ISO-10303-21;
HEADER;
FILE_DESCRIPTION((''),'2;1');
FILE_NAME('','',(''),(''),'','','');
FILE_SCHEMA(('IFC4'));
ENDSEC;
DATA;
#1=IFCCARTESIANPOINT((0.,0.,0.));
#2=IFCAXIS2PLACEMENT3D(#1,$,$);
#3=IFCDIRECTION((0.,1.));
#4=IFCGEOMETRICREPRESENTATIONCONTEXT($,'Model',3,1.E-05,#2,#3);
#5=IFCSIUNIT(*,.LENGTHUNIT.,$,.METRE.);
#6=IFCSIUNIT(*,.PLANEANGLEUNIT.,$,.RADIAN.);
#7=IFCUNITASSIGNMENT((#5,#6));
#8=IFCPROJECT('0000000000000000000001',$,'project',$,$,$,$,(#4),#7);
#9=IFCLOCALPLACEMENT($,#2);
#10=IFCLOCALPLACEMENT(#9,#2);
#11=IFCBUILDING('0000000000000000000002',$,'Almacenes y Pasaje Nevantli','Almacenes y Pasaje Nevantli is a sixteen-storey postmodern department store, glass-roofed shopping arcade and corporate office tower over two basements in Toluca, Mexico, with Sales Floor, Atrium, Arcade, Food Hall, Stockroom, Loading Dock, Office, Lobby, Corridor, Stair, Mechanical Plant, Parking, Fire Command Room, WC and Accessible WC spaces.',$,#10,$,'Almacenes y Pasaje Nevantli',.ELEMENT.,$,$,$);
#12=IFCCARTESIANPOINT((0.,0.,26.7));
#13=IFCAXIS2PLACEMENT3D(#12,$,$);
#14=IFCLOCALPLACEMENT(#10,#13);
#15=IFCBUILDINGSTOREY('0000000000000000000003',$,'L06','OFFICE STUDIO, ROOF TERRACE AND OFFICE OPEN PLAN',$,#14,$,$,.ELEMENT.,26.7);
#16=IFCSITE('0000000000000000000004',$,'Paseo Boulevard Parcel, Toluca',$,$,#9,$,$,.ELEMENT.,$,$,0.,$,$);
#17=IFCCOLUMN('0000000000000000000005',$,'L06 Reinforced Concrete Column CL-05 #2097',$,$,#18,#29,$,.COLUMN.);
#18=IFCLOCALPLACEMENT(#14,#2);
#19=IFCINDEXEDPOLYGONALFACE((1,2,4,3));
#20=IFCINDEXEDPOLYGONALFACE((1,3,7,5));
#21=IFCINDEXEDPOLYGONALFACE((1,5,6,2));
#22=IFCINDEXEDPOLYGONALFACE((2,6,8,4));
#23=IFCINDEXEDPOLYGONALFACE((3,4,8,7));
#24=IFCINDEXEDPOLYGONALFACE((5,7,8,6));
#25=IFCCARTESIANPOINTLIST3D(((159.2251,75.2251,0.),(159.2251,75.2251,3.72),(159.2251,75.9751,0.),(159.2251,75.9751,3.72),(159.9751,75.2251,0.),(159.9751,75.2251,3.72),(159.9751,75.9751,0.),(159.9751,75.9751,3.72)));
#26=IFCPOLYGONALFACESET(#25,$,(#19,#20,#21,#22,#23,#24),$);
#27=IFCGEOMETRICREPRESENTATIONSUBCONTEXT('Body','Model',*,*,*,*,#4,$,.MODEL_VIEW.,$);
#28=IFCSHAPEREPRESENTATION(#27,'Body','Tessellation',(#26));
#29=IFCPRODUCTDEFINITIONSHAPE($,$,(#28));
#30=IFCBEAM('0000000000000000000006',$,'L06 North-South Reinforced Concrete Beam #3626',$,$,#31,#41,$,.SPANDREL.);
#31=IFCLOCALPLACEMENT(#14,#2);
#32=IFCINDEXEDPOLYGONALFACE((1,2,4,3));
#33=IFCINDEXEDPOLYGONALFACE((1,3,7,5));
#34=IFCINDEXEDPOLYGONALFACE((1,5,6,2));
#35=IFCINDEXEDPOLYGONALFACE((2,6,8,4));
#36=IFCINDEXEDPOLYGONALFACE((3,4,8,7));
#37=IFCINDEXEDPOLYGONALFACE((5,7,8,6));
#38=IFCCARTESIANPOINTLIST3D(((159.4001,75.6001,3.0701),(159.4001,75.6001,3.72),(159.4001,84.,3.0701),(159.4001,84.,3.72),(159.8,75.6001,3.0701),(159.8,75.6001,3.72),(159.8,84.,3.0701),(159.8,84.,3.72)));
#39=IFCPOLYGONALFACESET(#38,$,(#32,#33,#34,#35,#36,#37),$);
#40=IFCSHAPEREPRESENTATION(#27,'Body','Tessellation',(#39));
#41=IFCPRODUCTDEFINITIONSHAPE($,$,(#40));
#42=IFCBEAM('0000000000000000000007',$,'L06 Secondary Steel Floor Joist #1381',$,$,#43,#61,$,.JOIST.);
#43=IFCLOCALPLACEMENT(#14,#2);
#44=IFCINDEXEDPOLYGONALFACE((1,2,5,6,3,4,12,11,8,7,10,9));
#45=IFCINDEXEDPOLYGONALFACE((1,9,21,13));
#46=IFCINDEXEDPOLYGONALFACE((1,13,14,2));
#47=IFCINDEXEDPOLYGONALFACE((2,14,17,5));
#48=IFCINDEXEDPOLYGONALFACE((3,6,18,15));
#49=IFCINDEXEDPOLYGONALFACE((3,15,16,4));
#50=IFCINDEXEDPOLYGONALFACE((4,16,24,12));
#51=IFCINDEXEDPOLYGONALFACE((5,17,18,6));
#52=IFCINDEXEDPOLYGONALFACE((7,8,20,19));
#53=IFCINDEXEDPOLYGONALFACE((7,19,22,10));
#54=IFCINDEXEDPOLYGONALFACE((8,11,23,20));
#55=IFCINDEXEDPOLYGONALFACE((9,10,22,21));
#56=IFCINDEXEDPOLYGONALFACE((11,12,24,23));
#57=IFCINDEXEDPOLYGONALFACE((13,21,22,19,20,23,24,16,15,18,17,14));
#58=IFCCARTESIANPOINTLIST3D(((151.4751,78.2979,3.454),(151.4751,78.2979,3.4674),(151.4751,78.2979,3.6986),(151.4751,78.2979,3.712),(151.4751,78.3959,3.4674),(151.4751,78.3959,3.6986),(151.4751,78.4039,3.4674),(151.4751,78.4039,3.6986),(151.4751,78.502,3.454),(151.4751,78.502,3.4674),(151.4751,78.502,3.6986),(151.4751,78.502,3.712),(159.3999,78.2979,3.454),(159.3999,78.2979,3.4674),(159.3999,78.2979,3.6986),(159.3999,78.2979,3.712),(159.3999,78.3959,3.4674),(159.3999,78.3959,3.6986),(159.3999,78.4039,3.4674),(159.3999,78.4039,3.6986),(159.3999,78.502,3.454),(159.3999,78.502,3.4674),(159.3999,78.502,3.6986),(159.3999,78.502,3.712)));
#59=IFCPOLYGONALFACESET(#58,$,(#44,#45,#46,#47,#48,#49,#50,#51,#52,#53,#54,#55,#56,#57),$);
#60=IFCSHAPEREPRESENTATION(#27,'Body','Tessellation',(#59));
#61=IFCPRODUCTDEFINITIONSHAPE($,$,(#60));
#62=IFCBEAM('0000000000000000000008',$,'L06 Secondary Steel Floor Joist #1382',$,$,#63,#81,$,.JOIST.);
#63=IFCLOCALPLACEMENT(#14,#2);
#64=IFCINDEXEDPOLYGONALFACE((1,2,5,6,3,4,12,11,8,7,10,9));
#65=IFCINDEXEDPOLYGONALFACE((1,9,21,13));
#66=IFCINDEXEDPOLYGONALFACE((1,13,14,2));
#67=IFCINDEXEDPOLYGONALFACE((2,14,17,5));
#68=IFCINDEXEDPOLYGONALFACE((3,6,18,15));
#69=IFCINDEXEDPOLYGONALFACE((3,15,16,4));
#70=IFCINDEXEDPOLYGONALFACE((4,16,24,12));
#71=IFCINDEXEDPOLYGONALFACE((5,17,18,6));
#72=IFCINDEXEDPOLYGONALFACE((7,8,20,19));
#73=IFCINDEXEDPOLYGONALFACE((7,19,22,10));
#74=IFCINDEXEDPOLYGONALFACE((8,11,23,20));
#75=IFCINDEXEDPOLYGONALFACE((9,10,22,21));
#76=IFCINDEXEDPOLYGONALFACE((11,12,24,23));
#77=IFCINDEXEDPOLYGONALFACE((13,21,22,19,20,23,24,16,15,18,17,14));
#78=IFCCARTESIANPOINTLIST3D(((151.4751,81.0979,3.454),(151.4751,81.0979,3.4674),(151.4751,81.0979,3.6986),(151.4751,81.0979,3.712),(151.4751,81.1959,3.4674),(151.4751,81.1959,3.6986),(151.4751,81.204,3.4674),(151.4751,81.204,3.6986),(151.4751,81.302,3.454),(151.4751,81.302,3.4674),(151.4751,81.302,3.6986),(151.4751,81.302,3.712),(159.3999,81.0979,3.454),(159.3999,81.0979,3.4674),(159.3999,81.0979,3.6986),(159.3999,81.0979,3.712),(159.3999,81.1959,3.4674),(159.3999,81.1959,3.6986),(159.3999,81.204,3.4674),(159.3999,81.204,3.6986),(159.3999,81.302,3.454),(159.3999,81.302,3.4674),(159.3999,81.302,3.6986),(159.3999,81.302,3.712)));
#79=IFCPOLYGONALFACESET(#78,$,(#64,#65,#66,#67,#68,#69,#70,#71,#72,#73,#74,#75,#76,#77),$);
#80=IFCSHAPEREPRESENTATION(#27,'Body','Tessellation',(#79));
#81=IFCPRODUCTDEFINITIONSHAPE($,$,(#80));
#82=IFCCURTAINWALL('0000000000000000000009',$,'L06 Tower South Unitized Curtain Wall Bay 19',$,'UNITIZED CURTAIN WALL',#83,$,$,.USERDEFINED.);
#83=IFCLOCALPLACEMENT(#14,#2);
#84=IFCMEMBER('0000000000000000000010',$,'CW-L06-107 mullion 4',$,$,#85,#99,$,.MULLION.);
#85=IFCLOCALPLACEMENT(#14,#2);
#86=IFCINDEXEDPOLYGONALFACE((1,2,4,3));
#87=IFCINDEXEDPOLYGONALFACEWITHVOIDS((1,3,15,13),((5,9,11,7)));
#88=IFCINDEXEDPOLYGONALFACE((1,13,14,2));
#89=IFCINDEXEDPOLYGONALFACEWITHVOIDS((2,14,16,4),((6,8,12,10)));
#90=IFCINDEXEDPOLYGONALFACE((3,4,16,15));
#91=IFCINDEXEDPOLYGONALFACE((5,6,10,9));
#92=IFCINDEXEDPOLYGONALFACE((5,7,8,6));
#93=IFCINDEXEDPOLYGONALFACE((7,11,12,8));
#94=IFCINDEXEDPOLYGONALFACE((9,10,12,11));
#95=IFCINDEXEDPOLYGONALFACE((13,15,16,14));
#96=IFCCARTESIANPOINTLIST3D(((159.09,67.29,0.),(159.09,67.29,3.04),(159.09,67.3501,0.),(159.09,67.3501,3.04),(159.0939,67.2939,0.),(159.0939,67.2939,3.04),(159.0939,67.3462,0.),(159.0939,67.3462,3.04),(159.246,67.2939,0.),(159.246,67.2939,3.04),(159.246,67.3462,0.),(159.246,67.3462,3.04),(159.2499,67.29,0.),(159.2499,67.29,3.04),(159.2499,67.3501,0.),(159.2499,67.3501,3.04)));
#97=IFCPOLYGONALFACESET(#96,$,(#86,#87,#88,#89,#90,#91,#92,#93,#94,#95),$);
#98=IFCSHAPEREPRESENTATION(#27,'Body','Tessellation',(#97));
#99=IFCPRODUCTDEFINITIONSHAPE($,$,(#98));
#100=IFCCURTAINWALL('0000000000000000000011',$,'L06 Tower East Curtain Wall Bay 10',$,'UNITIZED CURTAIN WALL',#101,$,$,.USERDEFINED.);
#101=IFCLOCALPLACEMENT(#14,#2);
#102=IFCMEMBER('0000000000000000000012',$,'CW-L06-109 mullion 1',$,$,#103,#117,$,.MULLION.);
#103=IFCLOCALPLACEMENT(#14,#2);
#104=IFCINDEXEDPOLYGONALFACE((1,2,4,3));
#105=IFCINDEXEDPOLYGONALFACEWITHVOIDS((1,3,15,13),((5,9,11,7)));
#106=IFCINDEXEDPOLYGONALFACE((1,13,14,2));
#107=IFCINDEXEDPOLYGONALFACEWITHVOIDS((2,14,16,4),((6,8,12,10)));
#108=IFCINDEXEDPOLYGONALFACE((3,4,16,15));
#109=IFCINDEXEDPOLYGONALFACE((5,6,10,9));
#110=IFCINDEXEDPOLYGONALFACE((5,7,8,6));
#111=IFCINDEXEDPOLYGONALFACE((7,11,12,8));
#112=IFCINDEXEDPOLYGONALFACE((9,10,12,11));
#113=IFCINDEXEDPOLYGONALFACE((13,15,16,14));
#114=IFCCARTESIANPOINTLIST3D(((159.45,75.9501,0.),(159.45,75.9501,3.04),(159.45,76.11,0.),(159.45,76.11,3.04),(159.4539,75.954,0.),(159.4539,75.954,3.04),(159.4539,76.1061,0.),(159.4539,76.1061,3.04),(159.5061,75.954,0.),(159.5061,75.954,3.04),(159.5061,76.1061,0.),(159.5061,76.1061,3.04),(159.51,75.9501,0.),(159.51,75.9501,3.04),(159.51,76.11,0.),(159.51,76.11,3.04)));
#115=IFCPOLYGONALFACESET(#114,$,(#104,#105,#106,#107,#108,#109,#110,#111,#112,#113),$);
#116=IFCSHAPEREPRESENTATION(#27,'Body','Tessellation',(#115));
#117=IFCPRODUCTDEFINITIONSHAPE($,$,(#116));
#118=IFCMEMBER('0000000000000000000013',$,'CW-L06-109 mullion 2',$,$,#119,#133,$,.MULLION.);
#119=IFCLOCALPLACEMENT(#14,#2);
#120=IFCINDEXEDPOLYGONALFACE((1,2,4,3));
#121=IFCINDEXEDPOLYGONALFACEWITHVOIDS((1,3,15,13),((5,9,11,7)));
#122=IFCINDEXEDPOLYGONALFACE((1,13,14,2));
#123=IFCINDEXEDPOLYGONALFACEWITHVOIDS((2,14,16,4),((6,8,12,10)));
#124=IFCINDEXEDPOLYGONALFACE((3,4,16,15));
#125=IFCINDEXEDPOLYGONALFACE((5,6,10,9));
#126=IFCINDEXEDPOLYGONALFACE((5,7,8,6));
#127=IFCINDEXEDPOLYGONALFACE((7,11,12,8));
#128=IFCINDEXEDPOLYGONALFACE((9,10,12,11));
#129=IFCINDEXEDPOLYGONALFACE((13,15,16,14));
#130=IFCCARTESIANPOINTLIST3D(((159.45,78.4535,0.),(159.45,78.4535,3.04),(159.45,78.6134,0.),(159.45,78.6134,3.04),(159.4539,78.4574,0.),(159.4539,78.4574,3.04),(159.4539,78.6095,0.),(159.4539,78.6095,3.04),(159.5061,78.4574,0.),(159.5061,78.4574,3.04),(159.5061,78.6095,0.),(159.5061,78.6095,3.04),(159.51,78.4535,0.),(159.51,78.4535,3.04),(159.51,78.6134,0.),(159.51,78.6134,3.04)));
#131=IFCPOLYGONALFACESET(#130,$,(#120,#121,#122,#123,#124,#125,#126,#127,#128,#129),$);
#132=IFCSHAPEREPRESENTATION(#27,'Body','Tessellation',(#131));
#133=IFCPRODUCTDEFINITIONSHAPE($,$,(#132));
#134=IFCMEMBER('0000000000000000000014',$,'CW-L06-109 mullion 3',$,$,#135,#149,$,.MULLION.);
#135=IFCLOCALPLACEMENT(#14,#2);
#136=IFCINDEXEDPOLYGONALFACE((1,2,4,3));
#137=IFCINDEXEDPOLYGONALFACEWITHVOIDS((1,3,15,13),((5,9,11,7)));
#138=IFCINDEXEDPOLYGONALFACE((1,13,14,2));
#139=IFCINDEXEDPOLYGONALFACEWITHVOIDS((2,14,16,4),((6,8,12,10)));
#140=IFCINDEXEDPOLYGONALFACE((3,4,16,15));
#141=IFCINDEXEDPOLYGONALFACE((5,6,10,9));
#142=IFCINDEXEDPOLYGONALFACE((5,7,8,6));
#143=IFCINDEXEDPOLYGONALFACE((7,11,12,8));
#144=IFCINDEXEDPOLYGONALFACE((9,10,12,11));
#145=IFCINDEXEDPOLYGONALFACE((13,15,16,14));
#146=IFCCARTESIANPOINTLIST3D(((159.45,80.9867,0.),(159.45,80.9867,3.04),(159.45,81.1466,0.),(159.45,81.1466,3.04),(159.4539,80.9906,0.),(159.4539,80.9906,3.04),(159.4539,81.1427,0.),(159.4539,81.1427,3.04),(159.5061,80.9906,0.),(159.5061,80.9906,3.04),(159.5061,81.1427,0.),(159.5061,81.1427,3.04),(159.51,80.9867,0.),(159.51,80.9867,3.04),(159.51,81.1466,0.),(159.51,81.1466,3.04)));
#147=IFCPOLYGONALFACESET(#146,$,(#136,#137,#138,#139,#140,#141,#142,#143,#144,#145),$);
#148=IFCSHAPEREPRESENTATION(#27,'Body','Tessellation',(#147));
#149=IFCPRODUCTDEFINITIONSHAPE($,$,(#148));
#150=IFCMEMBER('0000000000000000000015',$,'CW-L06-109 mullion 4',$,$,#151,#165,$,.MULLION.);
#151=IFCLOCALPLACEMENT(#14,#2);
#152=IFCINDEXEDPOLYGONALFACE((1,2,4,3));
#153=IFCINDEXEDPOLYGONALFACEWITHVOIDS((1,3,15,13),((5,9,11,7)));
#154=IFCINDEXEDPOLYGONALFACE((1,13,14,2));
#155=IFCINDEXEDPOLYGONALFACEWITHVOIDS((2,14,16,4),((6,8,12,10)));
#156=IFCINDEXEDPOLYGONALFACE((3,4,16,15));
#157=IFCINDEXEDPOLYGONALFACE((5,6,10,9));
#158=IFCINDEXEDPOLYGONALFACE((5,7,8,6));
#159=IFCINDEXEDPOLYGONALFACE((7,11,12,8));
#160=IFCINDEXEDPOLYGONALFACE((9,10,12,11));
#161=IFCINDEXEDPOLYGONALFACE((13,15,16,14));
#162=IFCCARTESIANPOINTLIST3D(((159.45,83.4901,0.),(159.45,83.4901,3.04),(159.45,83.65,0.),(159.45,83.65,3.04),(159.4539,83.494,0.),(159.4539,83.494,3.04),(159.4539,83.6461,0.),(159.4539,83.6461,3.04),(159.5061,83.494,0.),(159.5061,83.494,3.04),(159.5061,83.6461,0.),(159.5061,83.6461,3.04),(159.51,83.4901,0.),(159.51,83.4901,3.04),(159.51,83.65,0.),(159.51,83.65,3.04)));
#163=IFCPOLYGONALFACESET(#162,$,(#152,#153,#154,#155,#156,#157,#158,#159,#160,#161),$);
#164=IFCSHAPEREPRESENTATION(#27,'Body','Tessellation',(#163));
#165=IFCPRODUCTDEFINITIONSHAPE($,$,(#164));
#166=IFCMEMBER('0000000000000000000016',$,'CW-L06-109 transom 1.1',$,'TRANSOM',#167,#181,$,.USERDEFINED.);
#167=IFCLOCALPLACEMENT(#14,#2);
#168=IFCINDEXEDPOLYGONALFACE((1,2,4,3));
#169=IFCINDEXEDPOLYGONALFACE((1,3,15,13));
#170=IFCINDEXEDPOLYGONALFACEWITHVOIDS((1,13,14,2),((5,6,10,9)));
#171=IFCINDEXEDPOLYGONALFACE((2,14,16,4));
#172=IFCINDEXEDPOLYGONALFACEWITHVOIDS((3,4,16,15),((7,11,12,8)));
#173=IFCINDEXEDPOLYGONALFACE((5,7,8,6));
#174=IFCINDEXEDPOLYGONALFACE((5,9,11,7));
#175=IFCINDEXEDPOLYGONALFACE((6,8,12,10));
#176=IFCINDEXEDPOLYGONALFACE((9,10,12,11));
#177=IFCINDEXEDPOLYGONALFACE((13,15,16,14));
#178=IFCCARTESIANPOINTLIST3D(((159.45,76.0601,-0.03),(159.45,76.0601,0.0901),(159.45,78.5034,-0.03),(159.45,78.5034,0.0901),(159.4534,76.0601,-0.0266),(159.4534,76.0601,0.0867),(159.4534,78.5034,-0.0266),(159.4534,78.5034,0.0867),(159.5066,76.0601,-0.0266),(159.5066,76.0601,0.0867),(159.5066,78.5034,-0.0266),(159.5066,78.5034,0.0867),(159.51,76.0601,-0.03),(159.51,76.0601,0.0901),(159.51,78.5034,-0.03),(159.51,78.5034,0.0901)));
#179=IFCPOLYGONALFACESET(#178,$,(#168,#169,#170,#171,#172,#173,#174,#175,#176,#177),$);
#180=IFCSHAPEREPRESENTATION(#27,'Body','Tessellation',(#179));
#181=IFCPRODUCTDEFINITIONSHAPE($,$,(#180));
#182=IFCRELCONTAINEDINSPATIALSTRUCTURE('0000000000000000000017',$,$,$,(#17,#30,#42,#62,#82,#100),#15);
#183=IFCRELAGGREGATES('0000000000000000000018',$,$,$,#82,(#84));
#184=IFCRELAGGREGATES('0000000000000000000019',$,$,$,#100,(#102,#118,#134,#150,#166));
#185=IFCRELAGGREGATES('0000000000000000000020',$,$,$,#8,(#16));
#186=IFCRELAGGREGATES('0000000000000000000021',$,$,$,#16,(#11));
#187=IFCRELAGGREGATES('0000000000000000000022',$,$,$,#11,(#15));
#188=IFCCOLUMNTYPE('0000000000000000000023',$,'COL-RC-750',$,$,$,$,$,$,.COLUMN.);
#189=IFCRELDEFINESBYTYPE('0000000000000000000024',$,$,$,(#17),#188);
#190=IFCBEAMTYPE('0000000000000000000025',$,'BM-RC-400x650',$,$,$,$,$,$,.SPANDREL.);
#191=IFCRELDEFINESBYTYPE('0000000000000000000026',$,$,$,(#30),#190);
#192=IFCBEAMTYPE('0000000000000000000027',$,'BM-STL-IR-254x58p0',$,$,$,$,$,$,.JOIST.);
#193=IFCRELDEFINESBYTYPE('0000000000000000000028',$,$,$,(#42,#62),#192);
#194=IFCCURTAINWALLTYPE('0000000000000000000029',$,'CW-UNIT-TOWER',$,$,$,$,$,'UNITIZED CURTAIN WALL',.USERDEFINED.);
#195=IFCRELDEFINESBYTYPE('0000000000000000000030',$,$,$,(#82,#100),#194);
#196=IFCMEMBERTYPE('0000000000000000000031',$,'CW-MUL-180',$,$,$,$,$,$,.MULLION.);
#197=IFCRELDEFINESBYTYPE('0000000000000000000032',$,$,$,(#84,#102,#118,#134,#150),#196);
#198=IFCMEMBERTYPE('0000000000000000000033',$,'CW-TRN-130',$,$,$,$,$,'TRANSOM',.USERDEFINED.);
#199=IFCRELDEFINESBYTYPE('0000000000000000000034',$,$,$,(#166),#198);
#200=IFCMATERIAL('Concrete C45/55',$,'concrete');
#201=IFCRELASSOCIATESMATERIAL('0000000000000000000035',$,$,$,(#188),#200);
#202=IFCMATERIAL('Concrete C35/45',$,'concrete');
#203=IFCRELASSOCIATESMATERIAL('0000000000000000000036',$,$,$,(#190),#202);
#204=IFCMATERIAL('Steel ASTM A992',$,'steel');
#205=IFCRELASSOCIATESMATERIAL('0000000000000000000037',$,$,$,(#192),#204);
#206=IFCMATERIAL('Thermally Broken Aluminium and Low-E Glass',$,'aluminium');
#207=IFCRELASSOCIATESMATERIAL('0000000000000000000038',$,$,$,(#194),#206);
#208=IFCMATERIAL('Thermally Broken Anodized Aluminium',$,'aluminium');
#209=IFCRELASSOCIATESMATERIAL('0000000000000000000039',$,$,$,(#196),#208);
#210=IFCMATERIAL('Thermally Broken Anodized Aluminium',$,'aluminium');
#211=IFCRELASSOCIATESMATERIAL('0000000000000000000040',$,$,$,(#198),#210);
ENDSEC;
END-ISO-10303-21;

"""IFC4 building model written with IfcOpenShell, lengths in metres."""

from ifc_helpers import new_model, si_unit, direction, frame, origin, origin_2d, place, context, subcontext, project, spatial, rectangle, hollow_rectangle, i_section, extrude, material, material_profile, profile_set, type_object, element, aggregate, save


model = new_model("IFC4")

# Units and contexts
model_context = context("Model", 3, precision=1e-05, world=origin(), true_north=direction((0.0, 1.0)))
body_context = subcontext(model_context, "Body", "Model", "MODEL_VIEW")
ifc_project = project(units=[si_unit("LENGTHUNIT", "METRE"), si_unit("PLANEANGLEUNIT", "RADIAN")], contexts=[model_context])

# Site, building, storey
site_placement = place(None, origin())
site = spatial("IfcSite", under=ifc_project, at=site_placement, Name="Paseo Boulevard Parcel, Toluca", CompositionType="ELEMENT", RefElevation=0.0)
building_placement = place(site_placement, origin())
building = spatial("IfcBuilding", under=site, at=building_placement, Name="Almacenes y Pasaje Nevantli", Description="Almacenes y Pasaje Nevantli is a sixteen-storey postmodern department store, glass-roofed shopping arcade and corporate office tower over two basements in Toluca, Mexico, with Sales Floor, Atrium, Arcade, Food Hall, Stockroom, Loading Dock, Office, Lobby, Corridor, Stair, Mechanical Plant, Parking, Fire Command Room, WC and Accessible WC spaces.", LongName="Almacenes y Pasaje Nevantli", CompositionType="ELEMENT")
storey_placement = place(building_placement, frame((0.0, 0.0, 26.7)))
storey = spatial("IfcBuildingStorey", under=building, at=storey_placement, Name="L06", Description="OFFICE STUDIO, ROOF TERRACE AND OFFICE OPEN PLAN", CompositionType="ELEMENT", Elevation=26.7)

# Column
ifc_material_1 = material(Name="Concrete C45/55", Category="concrete")
ifc_material_profile_1 = material_profile(ifc_material_1, rectangle(XDim=0.75, YDim=0.75, at=origin_2d()), Name="RC-COL-750x750")
ifc_profile_set_1 = profile_set([ifc_material_profile_1], Name="Concrete C45/55")
column_type = type_object("IfcColumnType", Name="COL-RC-750", PredefinedType="COLUMN", material=ifc_profile_set_1)
column_placement = place(storey_placement, frame((159.6001, 75.6001, 0.0), z_axis=(0.0, 0.0, 1.0), x_axis=(1.0, 0.0, 0.0)))
element("IfcColumn", 1, at=column_placement, inside=storey, type_object=column_type, Name="L06 Reinforced Concrete Column CL-05 #2097", PredefinedType="COLUMN", context=body_context, shape_type="SweptSolid", body=[
    extrude(rectangle(XDim=0.75, YDim=0.75, at=origin_2d()), origin(), (0.0, 0.0, 1.0), 3.72),
])

# Beams
ifc_material_2 = material(Name="Concrete C35/45", Category="concrete")
ifc_material_profile_2 = material_profile(ifc_material_2, rectangle(XDim=0.3999, YDim=0.6499, at=origin_2d()), Name="RC-BM-400x650")
ifc_profile_set_2 = profile_set([ifc_material_profile_2], Name="Concrete C35/45")
beam_type_1 = type_object("IfcBeamType", Name="BM-RC-400x650", PredefinedType="SPANDREL", material=ifc_profile_set_2)
beam_placement = place(storey_placement, frame((159.6001, 75.6001, 3.395), z_axis=(0.0, 1.0, 0.0), x_axis=(-1.0, 0.0, 0.0)))
element("IfcBeam", 2, at=beam_placement, inside=storey, type_object=beam_type_1, Name="L06 North-South Reinforced Concrete Beam #3626", PredefinedType="SPANDREL", context=body_context, shape_type="SweptSolid", body=[
    extrude(rectangle(XDim=0.3999, YDim=0.6499, at=origin_2d()), origin(), (0.0, 0.0, 1.0), 8.3999),
])
ifc_material_3 = material(Name="Steel ASTM A992", Category="steel")
ifc_material_profile_3 = material_profile(ifc_material_3, i_section(OverallWidth=0.2041, OverallDepth=0.2581, WebThickness=0.0081, FlangeThickness=0.0134, at=origin_2d()), Name="IR 254x58.0")
ifc_profile_set_3 = profile_set([ifc_material_profile_3], Name="Steel ASTM A992")
beam_type_2 = type_object("IfcBeamType", Name="BM-STL-IR-254x58p0", PredefinedType="JOIST", material=ifc_profile_set_3)
for number, where, z_axis, x_axis, name in (
    (3, (151.4751, 78.3999, 3.583), (1.0, 0.0, 0.0), (0.0, 1.0, 0.0), "L06 Secondary Steel Floor Joist #1381"),
    (4, (151.4751, 81.2, 3.583), (1.0, 0.0, 0.0), (0.0, 1.0, 0.0), "L06 Secondary Steel Floor Joist #1382"),
):
    element("IfcBeam", number, at=place(storey_placement, frame(where, z_axis=z_axis, x_axis=x_axis)), inside=storey, type_object=beam_type_2, Name=name, PredefinedType="JOIST", context=body_context, shape_type="SweptSolid", body=[
        extrude(i_section(OverallWidth=0.2041, OverallDepth=0.2581, WebThickness=0.0081, FlangeThickness=0.0134, at=origin_2d()), origin(), (0.0, 0.0, 1.0), 7.9248),
    ])

# Curtain wall, member
ifc_material_4 = material(Name="Thermally Broken Aluminium and Low-E Glass", Category="aluminium")
curtain_wall_type = type_object("IfcCurtainWallType", Name="CW-UNIT-TOWER", ElementType="UNITIZED CURTAIN WALL", PredefinedType="USERDEFINED", material=ifc_material_4)
curtain_wall_1_placement = place(storey_placement, origin())
curtain_wall_1 = element("IfcCurtainWall", 5, at=curtain_wall_1_placement, inside=storey, type_object=curtain_wall_type, Name="L06 Tower South Unitized Curtain Wall Bay 19", ObjectType="UNITIZED CURTAIN WALL", PredefinedType="USERDEFINED")
ifc_material_5 = material(Name="Thermally Broken Anodized Aluminium", Category="aluminium")
ifc_material_profile_4 = material_profile(ifc_material_5, hollow_rectangle(XDim=0.0601, YDim=0.1599, WallThickness=0.0039, at=origin_2d()), Name="ALU-MUL-60x160")
ifc_profile_set_4 = profile_set([ifc_material_profile_4], Name="Thermally Broken Anodized Aluminium")
member_type_1 = type_object("IfcMemberType", Name="CW-MUL-180", PredefinedType="MULLION", material=ifc_profile_set_4)
member_1_placement = place(storey_placement, frame((159.1699, 67.3201, 0.0), z_axis=(0.0, 0.0, 1.0), x_axis=(0.0, 1.0, 0.0)))
member_1 = element("IfcMember", 6, at=member_1_placement, type_object=member_type_1, Name="CW-L06-107 mullion 4", PredefinedType="MULLION", context=body_context, shape_type="SweptSolid", body=[
    extrude(hollow_rectangle(XDim=0.0601, YDim=0.1599, WallThickness=0.0039, at=origin_2d()), origin(), (0.0, 0.0, 1.0), 3.04),
])
aggregate(curtain_wall_1, [member_1])

# Curtain wall, members
curtain_wall_2_placement = place(storey_placement, origin())
curtain_wall_2 = element("IfcCurtainWall", 7, at=curtain_wall_2_placement, inside=storey, type_object=curtain_wall_type, Name="L06 Tower East Curtain Wall Bay 10", ObjectType="UNITIZED CURTAIN WALL", PredefinedType="USERDEFINED")
member_2_placement = place(storey_placement, frame((159.48, 76.03, 0.0), z_axis=(0.0, 0.0, 1.0), x_axis=(-1.0, 0.0, 0.0)))
member_2 = element("IfcMember", 8, at=member_2_placement, type_object=member_type_1, Name="CW-L06-109 mullion 1", PredefinedType="MULLION", context=body_context, shape_type="SweptSolid", body=[
    extrude(hollow_rectangle(XDim=0.0601, YDim=0.1599, WallThickness=0.0039, at=origin_2d()), origin(), (0.0, 0.0, 1.0), 3.04),
])
member_3_placement = place(storey_placement, frame((159.48, 78.5334, 0.0), z_axis=(0.0, 0.0, 1.0), x_axis=(-1.0, 0.0, 0.0)))
member_3 = element("IfcMember", 9, at=member_3_placement, type_object=member_type_1, Name="CW-L06-109 mullion 2", PredefinedType="MULLION", context=body_context, shape_type="SweptSolid", body=[
    extrude(hollow_rectangle(XDim=0.0601, YDim=0.1599, WallThickness=0.0039, at=origin_2d()), origin(), (0.0, 0.0, 1.0), 3.04),
])
member_4_placement = place(storey_placement, frame((159.48, 81.0667, 0.0), z_axis=(0.0, 0.0, 1.0), x_axis=(-1.0, 0.0, 0.0)))
member_4 = element("IfcMember", 10, at=member_4_placement, type_object=member_type_1, Name="CW-L06-109 mullion 3", PredefinedType="MULLION", context=body_context, shape_type="SweptSolid", body=[
    extrude(hollow_rectangle(XDim=0.0601, YDim=0.1599, WallThickness=0.0039, at=origin_2d()), origin(), (0.0, 0.0, 1.0), 3.04),
])
member_5_placement = place(storey_placement, frame((159.48, 83.5701, 0.0), z_axis=(0.0, 0.0, 1.0), x_axis=(-1.0, 0.0, 0.0)))
member_5 = element("IfcMember", 11, at=member_5_placement, type_object=member_type_1, Name="CW-L06-109 mullion 4", PredefinedType="MULLION", context=body_context, shape_type="SweptSolid", body=[
    extrude(hollow_rectangle(XDim=0.0601, YDim=0.1599, WallThickness=0.0039, at=origin_2d()), origin(), (0.0, 0.0, 1.0), 3.04),
])
ifc_material_6 = material(Name="Thermally Broken Anodized Aluminium", Category="aluminium")
ifc_material_profile_5 = material_profile(ifc_material_6, hollow_rectangle(XDim=0.0601, YDim=0.1201, WallThickness=0.0034, at=origin_2d()), Name="ALU-TRN-60x120")
ifc_profile_set_5 = profile_set([ifc_material_profile_5], Name="Thermally Broken Anodized Aluminium")
member_type_2 = type_object("IfcMemberType", Name="CW-TRN-130", ElementType="TRANSOM", PredefinedType="USERDEFINED", material=ifc_profile_set_5)
member_6_placement = place(storey_placement, frame((159.48, 76.0601, 0.03), z_axis=(0.0, 1.0, 0.0), x_axis=(-1.0, 0.0, 0.0)))
member_6 = element("IfcMember", 12, at=member_6_placement, type_object=member_type_2, Name="CW-L06-109 transom 1.1", ObjectType="TRANSOM", PredefinedType="USERDEFINED", context=body_context, shape_type="SweptSolid", body=[
    extrude(hollow_rectangle(XDim=0.0601, YDim=0.1201, WallThickness=0.0034, at=origin_2d()), origin(), (0.0, 0.0, 1.0), 2.4434),
])
aggregate(curtain_wall_2, [member_2, member_3, member_4, member_5, member_6])

save(model, "model.ifc")
